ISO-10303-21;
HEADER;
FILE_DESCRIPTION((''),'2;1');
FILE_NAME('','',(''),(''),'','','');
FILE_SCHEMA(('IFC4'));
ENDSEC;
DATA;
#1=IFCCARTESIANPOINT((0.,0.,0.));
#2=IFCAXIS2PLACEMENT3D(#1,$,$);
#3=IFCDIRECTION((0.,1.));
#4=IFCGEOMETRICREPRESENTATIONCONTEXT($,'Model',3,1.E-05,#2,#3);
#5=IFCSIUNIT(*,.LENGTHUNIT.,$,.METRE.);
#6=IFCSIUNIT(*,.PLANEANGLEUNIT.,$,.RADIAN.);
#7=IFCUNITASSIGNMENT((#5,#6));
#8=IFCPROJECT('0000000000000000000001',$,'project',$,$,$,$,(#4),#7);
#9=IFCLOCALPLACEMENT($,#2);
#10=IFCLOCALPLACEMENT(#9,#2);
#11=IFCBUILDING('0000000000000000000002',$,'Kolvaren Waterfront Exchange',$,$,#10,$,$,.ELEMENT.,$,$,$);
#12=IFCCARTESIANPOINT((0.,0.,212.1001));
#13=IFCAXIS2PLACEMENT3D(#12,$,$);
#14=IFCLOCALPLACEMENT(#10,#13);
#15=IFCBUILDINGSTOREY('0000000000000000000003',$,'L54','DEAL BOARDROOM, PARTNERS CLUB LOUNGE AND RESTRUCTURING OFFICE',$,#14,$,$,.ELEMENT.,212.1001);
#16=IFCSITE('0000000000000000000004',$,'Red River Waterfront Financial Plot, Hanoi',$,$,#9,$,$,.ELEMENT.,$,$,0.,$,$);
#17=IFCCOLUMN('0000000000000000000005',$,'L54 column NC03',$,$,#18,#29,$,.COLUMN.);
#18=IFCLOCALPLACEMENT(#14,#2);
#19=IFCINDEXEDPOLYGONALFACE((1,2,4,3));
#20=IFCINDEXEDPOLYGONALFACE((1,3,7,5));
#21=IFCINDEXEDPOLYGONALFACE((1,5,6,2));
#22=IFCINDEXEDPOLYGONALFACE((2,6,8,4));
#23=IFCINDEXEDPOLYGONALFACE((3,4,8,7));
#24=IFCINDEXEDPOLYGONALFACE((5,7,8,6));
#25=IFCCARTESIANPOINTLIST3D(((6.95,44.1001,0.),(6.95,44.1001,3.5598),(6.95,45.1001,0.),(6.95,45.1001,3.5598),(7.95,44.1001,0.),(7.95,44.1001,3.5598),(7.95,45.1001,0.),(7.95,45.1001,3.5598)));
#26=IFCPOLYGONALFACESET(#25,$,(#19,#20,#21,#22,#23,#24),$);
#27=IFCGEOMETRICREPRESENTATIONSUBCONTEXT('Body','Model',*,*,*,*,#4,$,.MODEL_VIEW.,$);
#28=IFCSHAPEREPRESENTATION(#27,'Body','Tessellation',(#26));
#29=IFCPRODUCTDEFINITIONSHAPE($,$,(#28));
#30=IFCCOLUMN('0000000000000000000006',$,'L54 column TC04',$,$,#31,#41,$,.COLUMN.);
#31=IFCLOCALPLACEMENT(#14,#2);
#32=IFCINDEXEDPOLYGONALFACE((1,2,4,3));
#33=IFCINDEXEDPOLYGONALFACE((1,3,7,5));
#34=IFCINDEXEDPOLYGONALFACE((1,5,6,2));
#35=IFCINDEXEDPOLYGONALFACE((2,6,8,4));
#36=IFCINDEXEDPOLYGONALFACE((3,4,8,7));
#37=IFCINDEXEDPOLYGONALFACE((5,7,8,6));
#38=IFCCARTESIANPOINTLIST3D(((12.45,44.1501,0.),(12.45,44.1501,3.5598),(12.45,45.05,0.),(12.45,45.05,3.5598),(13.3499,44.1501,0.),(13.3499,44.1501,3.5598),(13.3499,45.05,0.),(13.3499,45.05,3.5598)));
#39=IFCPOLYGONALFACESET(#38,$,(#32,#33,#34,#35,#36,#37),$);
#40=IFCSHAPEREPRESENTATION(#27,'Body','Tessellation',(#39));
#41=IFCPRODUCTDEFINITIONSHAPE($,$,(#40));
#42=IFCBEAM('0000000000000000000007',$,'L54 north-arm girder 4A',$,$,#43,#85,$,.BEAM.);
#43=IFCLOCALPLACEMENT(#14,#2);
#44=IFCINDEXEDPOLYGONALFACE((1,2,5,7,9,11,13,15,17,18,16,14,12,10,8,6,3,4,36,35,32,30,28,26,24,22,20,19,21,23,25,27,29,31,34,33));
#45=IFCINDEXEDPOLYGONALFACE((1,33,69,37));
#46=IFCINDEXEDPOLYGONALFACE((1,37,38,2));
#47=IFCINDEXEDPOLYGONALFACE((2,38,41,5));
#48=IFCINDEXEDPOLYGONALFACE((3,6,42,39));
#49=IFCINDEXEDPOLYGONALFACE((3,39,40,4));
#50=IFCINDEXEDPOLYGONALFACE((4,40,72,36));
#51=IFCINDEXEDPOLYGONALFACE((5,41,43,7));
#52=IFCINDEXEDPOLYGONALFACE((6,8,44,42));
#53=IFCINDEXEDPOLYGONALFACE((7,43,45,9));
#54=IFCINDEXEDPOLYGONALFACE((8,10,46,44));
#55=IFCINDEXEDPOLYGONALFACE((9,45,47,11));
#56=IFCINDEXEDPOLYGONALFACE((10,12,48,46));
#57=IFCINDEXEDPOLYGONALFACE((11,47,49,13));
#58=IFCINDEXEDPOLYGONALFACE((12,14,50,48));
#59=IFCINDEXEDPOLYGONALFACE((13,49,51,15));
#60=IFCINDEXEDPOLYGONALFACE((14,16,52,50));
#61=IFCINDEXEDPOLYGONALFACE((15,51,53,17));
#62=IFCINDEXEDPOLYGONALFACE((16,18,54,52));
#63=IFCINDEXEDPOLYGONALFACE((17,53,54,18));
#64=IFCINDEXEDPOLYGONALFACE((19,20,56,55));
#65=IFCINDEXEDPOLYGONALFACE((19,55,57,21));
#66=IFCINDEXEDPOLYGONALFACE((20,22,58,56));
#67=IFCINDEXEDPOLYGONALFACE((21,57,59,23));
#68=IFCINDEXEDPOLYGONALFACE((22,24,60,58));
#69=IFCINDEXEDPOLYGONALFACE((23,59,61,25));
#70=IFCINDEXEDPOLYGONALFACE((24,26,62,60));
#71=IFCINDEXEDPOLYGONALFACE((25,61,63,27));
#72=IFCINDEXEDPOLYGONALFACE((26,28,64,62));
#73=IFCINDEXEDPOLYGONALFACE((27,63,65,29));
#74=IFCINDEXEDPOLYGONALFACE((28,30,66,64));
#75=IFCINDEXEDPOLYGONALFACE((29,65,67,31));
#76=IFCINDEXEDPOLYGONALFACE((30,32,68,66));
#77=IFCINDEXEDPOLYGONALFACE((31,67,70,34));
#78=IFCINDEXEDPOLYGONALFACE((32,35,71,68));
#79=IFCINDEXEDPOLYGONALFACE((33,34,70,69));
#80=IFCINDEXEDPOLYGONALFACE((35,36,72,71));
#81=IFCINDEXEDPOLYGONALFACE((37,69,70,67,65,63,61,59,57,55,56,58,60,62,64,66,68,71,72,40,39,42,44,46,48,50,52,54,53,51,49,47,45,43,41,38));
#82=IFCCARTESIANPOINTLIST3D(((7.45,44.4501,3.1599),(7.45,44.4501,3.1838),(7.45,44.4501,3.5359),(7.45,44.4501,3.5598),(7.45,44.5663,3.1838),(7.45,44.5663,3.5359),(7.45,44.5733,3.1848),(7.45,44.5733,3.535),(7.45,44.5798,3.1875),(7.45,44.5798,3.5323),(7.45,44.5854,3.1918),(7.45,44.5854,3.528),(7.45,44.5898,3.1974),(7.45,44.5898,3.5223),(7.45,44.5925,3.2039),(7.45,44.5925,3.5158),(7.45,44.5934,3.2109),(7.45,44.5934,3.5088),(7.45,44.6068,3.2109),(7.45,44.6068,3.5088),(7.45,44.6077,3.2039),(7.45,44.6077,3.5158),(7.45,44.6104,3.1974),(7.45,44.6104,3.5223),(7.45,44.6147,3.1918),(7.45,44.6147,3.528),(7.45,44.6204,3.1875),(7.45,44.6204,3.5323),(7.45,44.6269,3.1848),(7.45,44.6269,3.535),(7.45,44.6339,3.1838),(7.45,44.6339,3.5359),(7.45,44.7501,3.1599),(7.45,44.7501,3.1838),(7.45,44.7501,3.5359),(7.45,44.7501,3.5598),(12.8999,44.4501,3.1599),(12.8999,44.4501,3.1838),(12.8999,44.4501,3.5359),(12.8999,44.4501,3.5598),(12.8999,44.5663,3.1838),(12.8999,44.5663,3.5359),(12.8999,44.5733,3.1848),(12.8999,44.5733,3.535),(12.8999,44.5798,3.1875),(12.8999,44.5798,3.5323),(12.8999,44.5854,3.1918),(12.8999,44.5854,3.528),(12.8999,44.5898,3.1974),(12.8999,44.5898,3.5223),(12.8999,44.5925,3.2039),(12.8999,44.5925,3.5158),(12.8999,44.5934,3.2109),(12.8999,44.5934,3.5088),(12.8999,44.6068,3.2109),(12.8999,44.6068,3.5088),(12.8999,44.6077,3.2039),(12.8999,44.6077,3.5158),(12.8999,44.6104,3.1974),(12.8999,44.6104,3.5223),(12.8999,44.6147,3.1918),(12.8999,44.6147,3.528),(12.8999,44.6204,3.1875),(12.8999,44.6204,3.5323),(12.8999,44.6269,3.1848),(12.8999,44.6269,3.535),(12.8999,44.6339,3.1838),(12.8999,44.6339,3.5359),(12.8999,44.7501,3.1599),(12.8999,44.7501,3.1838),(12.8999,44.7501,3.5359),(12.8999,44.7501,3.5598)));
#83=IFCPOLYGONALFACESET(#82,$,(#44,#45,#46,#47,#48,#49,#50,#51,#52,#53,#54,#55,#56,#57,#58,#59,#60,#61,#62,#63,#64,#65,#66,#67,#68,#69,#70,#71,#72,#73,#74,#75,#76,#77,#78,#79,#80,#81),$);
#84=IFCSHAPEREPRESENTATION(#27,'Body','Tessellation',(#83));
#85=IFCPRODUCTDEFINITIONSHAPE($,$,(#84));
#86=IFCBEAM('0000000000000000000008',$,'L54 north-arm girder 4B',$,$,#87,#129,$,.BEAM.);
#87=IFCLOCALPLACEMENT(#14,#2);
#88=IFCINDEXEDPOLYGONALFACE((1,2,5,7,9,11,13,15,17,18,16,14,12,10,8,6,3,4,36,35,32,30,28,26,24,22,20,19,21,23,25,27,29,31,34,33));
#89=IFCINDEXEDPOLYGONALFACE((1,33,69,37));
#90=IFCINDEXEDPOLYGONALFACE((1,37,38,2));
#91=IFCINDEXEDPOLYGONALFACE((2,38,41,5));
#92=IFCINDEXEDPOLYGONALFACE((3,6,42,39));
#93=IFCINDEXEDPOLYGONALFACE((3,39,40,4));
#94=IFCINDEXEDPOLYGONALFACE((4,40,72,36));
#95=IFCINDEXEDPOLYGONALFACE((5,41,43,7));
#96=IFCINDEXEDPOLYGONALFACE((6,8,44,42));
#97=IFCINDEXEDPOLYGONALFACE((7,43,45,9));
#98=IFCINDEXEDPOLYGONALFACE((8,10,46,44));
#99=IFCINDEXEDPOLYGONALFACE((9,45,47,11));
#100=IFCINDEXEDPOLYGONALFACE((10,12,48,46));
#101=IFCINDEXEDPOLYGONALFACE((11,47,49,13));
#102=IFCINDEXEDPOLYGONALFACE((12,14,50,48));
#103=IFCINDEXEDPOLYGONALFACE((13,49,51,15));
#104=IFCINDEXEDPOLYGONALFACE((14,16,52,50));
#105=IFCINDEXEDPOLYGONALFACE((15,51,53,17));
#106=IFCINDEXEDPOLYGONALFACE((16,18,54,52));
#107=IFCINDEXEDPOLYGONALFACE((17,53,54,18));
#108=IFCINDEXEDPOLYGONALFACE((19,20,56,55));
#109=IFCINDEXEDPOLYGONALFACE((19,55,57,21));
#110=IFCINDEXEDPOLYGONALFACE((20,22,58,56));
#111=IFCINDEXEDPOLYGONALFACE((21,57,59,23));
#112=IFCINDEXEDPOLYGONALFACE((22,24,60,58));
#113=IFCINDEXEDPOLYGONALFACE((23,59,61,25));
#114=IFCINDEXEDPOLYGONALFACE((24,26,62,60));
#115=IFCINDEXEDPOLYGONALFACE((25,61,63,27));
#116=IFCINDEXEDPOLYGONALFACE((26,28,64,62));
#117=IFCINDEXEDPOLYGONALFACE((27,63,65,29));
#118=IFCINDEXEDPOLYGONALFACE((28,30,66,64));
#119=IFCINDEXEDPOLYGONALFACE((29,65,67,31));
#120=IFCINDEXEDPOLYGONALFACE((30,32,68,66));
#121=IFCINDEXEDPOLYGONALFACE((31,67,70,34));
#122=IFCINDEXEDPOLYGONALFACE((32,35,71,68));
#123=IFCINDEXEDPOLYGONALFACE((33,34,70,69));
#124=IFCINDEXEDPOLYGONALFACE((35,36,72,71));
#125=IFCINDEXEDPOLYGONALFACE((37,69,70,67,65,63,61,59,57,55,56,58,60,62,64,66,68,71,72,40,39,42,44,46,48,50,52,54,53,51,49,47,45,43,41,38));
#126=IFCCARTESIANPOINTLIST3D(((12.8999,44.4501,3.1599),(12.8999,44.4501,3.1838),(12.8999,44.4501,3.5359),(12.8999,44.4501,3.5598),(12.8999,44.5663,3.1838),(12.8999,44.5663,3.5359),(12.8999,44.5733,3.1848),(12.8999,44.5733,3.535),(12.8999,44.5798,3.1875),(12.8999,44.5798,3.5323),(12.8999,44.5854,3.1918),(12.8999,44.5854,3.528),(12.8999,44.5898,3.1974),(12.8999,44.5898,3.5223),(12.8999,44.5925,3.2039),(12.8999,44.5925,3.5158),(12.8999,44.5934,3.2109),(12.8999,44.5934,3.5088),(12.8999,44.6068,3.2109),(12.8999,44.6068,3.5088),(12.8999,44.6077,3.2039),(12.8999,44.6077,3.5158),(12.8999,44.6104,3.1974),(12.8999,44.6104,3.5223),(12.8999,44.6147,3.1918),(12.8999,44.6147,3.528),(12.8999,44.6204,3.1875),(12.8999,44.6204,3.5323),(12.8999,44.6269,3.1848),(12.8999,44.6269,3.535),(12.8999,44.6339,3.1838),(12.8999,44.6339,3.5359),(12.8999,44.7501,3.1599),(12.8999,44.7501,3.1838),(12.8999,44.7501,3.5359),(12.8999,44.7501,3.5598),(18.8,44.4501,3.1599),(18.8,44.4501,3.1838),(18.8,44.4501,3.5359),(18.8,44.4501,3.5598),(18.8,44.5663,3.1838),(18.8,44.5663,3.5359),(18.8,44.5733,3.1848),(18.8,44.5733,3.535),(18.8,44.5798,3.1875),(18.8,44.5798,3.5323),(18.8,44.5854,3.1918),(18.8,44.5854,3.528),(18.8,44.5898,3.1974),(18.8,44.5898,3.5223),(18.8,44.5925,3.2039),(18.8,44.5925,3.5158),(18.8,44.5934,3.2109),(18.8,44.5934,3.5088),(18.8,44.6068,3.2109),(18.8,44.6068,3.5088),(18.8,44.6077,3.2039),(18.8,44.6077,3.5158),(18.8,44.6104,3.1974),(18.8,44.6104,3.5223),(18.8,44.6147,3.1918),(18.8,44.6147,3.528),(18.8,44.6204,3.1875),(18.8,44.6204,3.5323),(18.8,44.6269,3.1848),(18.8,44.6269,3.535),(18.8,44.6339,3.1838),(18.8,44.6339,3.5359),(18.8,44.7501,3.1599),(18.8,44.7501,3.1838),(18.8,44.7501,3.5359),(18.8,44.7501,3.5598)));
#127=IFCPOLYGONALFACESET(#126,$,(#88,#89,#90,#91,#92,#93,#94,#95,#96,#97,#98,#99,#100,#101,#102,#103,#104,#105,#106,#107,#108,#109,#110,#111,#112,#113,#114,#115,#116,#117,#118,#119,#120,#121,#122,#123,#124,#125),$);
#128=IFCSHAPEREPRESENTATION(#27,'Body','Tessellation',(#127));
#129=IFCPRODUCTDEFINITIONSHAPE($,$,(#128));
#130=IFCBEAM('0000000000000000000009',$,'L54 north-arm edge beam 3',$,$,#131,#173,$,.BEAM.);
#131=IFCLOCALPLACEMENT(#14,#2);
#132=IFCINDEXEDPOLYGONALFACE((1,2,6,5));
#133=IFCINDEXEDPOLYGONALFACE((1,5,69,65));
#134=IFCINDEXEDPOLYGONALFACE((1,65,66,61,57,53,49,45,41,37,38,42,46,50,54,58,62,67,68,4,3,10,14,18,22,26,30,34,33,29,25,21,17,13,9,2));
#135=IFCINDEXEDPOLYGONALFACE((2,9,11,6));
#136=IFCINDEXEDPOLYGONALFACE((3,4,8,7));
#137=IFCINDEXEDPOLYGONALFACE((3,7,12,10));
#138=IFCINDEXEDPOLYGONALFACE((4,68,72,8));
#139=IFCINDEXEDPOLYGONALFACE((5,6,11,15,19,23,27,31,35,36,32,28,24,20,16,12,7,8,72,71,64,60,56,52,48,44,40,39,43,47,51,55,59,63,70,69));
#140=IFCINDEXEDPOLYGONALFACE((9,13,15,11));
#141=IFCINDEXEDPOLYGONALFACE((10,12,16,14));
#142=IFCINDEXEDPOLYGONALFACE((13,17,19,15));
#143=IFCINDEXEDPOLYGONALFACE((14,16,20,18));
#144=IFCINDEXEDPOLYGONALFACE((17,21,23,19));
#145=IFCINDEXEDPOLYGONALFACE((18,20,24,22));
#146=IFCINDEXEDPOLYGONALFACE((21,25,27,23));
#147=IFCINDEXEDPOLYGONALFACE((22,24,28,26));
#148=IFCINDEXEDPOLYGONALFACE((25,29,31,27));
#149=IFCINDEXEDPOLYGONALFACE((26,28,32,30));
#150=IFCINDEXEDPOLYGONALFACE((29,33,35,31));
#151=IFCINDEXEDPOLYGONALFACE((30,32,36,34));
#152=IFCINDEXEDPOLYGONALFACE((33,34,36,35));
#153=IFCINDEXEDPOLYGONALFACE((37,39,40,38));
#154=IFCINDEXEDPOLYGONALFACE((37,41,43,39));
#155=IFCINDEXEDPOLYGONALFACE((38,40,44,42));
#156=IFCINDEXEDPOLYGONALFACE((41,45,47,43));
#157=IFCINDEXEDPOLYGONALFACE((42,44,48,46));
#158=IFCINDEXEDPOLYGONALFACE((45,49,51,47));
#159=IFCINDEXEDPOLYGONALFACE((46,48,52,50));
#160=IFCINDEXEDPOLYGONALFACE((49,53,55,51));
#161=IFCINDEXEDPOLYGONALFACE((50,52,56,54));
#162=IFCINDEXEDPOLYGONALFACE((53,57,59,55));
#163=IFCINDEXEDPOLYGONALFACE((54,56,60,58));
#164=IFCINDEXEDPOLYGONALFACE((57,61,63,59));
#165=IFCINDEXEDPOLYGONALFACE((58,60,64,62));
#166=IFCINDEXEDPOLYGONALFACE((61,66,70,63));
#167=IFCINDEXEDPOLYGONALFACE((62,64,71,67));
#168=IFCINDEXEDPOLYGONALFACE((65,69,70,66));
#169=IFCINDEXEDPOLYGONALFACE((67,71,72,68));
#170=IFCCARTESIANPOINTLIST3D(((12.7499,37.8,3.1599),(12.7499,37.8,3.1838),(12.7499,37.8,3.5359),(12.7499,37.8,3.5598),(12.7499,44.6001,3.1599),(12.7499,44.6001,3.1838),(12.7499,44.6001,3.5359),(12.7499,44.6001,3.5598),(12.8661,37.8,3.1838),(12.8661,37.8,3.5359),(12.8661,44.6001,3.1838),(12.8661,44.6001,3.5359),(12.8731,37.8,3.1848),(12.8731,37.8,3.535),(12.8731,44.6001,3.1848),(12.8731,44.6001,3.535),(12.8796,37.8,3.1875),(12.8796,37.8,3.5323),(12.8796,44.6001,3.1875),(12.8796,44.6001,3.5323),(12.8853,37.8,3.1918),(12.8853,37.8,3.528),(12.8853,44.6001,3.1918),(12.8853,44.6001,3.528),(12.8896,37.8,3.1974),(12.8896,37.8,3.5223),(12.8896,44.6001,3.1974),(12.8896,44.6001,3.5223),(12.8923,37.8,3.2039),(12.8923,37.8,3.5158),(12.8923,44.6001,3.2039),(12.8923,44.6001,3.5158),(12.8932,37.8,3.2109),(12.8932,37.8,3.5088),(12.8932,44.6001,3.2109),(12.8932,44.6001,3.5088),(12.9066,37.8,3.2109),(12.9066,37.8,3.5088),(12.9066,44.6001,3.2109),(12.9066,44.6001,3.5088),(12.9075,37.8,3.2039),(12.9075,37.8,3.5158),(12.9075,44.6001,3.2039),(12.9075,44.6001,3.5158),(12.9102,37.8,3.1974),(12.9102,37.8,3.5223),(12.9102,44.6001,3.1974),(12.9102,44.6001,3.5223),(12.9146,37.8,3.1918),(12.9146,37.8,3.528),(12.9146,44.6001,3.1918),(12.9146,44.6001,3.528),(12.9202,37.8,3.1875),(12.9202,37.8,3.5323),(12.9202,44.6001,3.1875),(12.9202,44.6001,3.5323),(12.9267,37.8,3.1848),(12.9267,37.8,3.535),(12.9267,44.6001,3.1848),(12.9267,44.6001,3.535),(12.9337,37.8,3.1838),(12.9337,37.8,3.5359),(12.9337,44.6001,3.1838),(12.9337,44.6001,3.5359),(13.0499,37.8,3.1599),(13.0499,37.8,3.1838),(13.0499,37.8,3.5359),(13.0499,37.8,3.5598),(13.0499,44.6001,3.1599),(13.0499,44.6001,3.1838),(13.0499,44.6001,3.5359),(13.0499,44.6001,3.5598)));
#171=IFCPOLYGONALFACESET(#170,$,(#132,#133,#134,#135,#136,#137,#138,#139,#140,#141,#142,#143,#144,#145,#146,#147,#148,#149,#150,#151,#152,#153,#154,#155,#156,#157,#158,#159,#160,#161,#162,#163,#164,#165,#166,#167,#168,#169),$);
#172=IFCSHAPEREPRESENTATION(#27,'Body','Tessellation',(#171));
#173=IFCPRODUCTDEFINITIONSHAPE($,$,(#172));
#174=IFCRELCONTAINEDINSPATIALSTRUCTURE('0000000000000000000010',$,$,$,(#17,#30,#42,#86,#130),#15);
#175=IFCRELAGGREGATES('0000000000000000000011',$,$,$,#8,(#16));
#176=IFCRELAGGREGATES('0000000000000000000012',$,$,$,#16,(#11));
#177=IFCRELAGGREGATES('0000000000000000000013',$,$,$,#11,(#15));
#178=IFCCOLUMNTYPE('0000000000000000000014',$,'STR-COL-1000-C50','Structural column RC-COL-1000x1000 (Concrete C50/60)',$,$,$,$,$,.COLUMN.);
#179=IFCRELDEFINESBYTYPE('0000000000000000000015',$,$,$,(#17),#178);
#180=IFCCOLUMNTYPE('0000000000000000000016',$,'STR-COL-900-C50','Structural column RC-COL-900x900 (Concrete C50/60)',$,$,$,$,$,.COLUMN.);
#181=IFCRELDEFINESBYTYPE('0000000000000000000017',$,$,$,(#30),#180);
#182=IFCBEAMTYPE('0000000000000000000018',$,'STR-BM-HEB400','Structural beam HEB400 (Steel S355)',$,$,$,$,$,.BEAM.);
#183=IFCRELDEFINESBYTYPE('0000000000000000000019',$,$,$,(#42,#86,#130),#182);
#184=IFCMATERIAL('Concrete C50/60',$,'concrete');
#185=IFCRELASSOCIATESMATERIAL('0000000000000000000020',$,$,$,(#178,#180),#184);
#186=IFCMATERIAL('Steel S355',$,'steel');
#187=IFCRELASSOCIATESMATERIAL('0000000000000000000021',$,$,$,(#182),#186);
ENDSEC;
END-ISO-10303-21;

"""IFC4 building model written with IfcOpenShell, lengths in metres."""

from ifc_helpers import new_model, si_unit, direction, frame, origin, origin_2d, place, context, subcontext, project, spatial, rectangle, i_section, extrude, material, material_profile, profile_set, type_object, element, save


model = new_model("IFC4")

# Units and contexts
model_context = context("Model", 3, precision=1e-05, world=origin(), true_north=direction((0.0, 1.0)))
body_context = subcontext(model_context, "Body", "Model", "MODEL_VIEW")
ifc_project = project(units=[si_unit("LENGTHUNIT", "METRE"), si_unit("PLANEANGLEUNIT", "RADIAN")], contexts=[model_context])

# Site, building, storey
site_placement = place(None, origin())
site = spatial("IfcSite", under=ifc_project, at=site_placement, Name="Red River Waterfront Financial Plot, Hanoi", CompositionType="ELEMENT", RefElevation=0.0)
building_placement = place(site_placement, origin())
building = spatial("IfcBuilding", under=site, at=building_placement, Name="Kolvaren Waterfront Exchange", CompositionType="ELEMENT")
storey_placement = place(building_placement, frame((0.0, 0.0, 212.1001)))
storey = spatial("IfcBuildingStorey", under=building, at=storey_placement, Name="L54", Description="DEAL BOARDROOM, PARTNERS CLUB LOUNGE AND RESTRUCTURING OFFICE", CompositionType="ELEMENT", Elevation=212.1001)

# Columns
ifc_material_1 = material(Name="Concrete C50/60", Category="concrete")
ifc_material_profile_1 = material_profile(ifc_material_1, rectangle(XDim=1.0, YDim=1.0, at=origin_2d()), Name="RC-COL-1000x1000")
ifc_profile_set_1 = profile_set([ifc_material_profile_1], Name="Concrete C50/60")
column_type_1 = type_object("IfcColumnType", Name="STR-COL-1000-C50", Description="Structural column RC-COL-1000x1000 (Concrete C50/60)", PredefinedType="COLUMN", material=ifc_profile_set_1)
column_1_placement = place(storey_placement, frame((7.45, 44.6001, 0.0), z_axis=(0.0, 0.0, 1.0), x_axis=(1.0, 0.0, 0.0)))
element("IfcColumn", 1, at=column_1_placement, inside=storey, type_object=column_type_1, Name="L54 column NC03", PredefinedType="COLUMN", context=body_context, shape_type="SweptSolid", body=[
    extrude(rectangle(XDim=1.0, YDim=1.0, at=origin_2d()), origin(), (0.0, 0.0, 1.0), 3.5598),
])
ifc_material_profile_2 = material_profile(ifc_material_1, rectangle(XDim=0.8999, YDim=0.8999, at=origin_2d()), Name="RC-COL-900x900")
ifc_profile_set_2 = profile_set([ifc_material_profile_2], Name="Concrete C50/60")
column_type_2 = type_object("IfcColumnType", Name="STR-COL-900-C50", Description="Structural column RC-COL-900x900 (Concrete C50/60)", PredefinedType="COLUMN", material=ifc_profile_set_2)
column_2_placement = place(storey_placement, frame((12.8999, 44.6001, 0.0), z_axis=(0.0, 0.0, 1.0), x_axis=(1.0, 0.0, 0.0)))
element("IfcColumn", 2, at=column_2_placement, inside=storey, type_object=column_type_2, Name="L54 column TC04", PredefinedType="COLUMN", context=body_context, shape_type="SweptSolid", body=[
    extrude(rectangle(XDim=0.8999, YDim=0.8999, at=origin_2d()), origin(), (0.0, 0.0, 1.0), 3.5598),
])

# Beams
ifc_material_2 = material(Name="Steel S355", Category="steel")
ifc_material_profile_3 = material_profile(ifc_material_2, i_section(OverallWidth=0.3, OverallDepth=0.3999, WebThickness=0.0134, FlangeThickness=0.0239, FilletRadius=0.0271, at=origin_2d()), Name="HEB400")
ifc_profile_set_3 = profile_set([ifc_material_profile_3], Name="Steel S355")
beam_type_1 = type_object("IfcBeamType", Name="STR-BM-HEB400", Description="Structural beam HEB400 (Steel S355)", PredefinedType="BEAM", material=ifc_profile_set_3)
beam_1_placement = place(storey_placement, frame((7.45, 44.6001, 3.3599), z_axis=(1.0, 0.0, 0.0), x_axis=(0.0, 1.0, 0.0)))
element("IfcBeam", 3, at=beam_1_placement, inside=storey, type_object=beam_type_1, Name="L54 north-arm girder 4A", PredefinedType="BEAM", context=body_context, shape_type="SweptSolid", body=[
    extrude(i_section(OverallWidth=0.3, OverallDepth=0.3999, WebThickness=0.0134, FlangeThickness=0.0239, FilletRadius=0.0271, at=origin_2d()), origin(), (0.0, 0.0, 1.0), 5.45),
])
beam_2_placement = place(storey_placement, frame((12.8999, 44.6001, 3.3599), z_axis=(1.0, 0.0, 0.0), x_axis=(0.0, 1.0, 0.0)))
element("IfcBeam", 4, at=beam_2_placement, inside=storey, type_object=beam_type_1, Name="L54 north-arm girder 4B", PredefinedType="BEAM", context=body_context, shape_type="SweptSolid", body=[
    extrude(i_section(OverallWidth=0.3, OverallDepth=0.3999, WebThickness=0.0134, FlangeThickness=0.0239, FilletRadius=0.0271, at=origin_2d()), origin(), (0.0, 0.0, 1.0), 5.9001),
])
beam_3_placement = place(storey_placement, frame((12.8999, 37.8, 3.3599), z_axis=(0.0, 1.0, 0.0), x_axis=(-1.0, 0.0, 0.0)))
element("IfcBeam", 5, at=beam_3_placement, inside=storey, type_object=beam_type_1, Name="L54 north-arm edge beam 3", PredefinedType="BEAM", context=body_context, shape_type="SweptSolid", body=[
    extrude(i_section(OverallWidth=0.3, OverallDepth=0.3999, WebThickness=0.0134, FlangeThickness=0.0239, FilletRadius=0.0271, at=origin_2d()), origin(), (0.0, 0.0, 1.0), 6.8),
])

save(model, "model.ifc")
